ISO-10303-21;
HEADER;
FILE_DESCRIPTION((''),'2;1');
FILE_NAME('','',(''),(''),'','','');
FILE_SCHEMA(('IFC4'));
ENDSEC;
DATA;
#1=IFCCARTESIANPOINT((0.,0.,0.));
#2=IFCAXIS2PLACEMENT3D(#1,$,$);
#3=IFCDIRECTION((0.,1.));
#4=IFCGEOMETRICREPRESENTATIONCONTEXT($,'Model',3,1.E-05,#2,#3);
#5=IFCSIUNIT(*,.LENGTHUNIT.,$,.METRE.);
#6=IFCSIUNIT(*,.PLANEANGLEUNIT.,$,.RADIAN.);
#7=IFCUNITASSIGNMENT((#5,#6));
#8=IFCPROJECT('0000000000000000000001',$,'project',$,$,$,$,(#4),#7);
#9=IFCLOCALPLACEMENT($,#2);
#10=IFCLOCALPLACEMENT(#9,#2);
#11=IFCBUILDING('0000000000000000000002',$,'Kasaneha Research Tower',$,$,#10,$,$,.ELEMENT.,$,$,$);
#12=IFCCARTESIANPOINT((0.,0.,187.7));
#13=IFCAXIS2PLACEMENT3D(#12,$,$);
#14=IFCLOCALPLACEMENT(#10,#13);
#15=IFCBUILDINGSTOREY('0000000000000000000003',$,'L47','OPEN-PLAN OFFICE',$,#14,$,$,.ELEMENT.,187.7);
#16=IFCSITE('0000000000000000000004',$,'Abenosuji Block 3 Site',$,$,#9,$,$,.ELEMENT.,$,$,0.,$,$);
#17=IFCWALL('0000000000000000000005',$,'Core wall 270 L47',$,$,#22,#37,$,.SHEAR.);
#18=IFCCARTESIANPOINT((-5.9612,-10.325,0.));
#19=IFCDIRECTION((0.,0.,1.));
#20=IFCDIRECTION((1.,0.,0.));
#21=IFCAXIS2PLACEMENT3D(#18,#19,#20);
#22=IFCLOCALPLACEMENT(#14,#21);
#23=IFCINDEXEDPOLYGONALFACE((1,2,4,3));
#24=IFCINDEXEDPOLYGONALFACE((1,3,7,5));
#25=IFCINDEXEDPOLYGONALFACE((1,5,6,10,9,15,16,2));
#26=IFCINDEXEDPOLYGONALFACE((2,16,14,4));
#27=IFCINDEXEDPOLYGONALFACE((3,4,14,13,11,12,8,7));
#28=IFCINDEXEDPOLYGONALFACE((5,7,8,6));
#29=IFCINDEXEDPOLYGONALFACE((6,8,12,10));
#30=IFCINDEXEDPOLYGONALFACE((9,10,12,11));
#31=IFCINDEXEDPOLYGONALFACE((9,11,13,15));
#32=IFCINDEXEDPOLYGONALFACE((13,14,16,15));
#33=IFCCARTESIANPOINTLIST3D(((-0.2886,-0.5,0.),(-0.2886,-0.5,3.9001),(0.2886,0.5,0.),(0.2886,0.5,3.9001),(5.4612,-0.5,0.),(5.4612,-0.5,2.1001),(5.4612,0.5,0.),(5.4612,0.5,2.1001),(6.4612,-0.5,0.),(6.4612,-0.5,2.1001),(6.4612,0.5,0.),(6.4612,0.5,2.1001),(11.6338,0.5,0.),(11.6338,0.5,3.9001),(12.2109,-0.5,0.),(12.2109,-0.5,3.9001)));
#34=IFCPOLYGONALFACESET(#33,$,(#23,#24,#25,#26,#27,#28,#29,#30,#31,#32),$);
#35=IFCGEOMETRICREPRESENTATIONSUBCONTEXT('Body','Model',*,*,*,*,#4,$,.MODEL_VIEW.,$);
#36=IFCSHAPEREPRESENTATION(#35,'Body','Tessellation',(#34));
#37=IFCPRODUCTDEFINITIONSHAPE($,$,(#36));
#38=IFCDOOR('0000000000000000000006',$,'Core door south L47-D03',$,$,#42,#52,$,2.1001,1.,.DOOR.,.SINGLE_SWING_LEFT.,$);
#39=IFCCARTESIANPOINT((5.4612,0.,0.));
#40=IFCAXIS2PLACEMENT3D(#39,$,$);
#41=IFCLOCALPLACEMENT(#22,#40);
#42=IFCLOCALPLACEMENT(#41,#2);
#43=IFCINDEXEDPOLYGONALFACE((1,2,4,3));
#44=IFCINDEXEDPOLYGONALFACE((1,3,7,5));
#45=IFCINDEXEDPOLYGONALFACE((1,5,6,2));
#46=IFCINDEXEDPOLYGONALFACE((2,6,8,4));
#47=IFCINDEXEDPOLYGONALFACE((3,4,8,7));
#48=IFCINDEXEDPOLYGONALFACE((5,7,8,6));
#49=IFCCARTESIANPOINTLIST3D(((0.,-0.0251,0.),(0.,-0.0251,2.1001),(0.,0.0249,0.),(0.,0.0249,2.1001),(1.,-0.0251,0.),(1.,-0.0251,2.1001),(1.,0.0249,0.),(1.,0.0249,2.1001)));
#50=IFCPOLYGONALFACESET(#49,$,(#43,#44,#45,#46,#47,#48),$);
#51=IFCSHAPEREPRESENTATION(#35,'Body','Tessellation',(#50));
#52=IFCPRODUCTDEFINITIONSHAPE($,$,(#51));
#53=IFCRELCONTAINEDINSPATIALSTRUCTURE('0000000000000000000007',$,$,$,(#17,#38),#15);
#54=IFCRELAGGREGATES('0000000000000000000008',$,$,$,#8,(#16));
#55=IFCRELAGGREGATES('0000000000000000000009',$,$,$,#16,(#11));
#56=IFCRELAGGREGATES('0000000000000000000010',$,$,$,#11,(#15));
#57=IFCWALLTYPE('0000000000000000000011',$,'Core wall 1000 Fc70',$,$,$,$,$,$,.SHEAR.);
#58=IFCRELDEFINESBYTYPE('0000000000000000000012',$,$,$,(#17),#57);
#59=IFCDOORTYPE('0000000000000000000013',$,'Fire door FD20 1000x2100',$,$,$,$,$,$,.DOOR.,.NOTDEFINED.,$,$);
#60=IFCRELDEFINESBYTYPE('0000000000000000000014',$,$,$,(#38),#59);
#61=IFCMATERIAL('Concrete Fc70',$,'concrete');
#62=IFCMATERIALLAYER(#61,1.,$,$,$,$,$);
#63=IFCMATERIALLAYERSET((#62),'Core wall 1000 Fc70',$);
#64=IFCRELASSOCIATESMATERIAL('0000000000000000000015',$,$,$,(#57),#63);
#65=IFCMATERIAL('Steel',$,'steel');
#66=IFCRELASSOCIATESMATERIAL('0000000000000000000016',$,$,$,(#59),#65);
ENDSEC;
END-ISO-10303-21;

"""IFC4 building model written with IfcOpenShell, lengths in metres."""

from ifc_helpers import new_model, si_unit, direction, frame, frame_2d, origin, place, context, subcontext, project, spatial, polyline, rectangle, outline, extrude, material, layer, layer_set, type_object, element, fill, save


model = new_model("IFC4")

# Units and contexts
model_context = context("Model", 3, precision=1e-05, world=origin(), true_north=direction((0.0, 1.0)))
body_context = subcontext(model_context, "Body", "Model", "MODEL_VIEW")
ifc_project = project(units=[si_unit("LENGTHUNIT", "METRE"), si_unit("PLANEANGLEUNIT", "RADIAN")], contexts=[model_context])

# Site, building, storey
site_placement = place(None, origin())
site = spatial("IfcSite", under=ifc_project, at=site_placement, Name="Abenosuji Block 3 Site", CompositionType="ELEMENT", RefElevation=0.0)
building_placement = place(site_placement, origin())
building = spatial("IfcBuilding", under=site, at=building_placement, Name="Kasaneha Research Tower", CompositionType="ELEMENT")
storey_placement = place(building_placement, frame((0.0, 0.0, 187.7)))
storey = spatial("IfcBuildingStorey", under=building, at=storey_placement, Name="L47", Description="OPEN-PLAN OFFICE", CompositionType="ELEMENT", Elevation=187.7)

# Wall, opening, door
ifc_material_1 = material(Name="Concrete Fc70", Category="concrete")
ifc_layer_1 = layer(ifc_material_1, 1.0)
ifc_layer_set_1 = layer_set([ifc_layer_1], Name="Core wall 1000 Fc70")
wall_type_1 = type_object("IfcWallType", Name="Core wall 1000 Fc70", PredefinedType="SHEAR", material=ifc_layer_set_1)
wall_1_placement = place(storey_placement, frame((-5.9612, -10.325, 0.0), z_axis=(0.0, 0.0, 1.0), x_axis=(1.0, 0.0, 0.0)))
wall_1 = element("IfcWall", 1, at=wall_1_placement, inside=storey, type_object=wall_type_1, Name="Core wall 270 L47", PredefinedType="SHEAR", context=body_context, shape_type="SweptSolid", body=[
    extrude(outline(polyline([(-0.2886, -0.5), (5.4612, -0.5), (6.4612, -0.5), (12.2109, -0.5), (11.6338, 0.5), (6.4612, 0.5), (5.4612, 0.5), (0.2886, 0.5), (-0.2886, -0.5)])), origin(), (0.0, 0.0, 1.0), 3.9001),
])
opening_1_placement = place(wall_1_placement, frame((5.4612, 0.0, 0.0)))
opening_1 = element("IfcOpeningElement", 2, at=opening_1_placement, cuts=wall_1, PredefinedType="OPENING", context=body_context, shape_type="SweptSolid", body=[
    extrude(rectangle(XDim=1.0, YDim=2.1001, at=frame_2d((0.5, 1.05))), frame((0.0, 0.51, 0.0), z_axis=(0.0, -1.0, 0.0), x_axis=(1.0, 0.0, 0.0)), (0.0, 0.0, 1.0), 1.02),
])
ifc_material_2 = material(Name="Steel", Category="steel")
door_type_1 = type_object("IfcDoorType", Name="Fire door FD20 1000x2100", OperationType="NOTDEFINED", PredefinedType="DOOR", material=ifc_material_2)
door_1_placement = place(opening_1_placement, origin())
door_1 = element("IfcDoor", 3, at=door_1_placement, inside=storey, type_object=door_type_1, Name="Core door south L47-D03", OperationType="SINGLE_SWING_LEFT", OverallHeight=2.1001, OverallWidth=1.0, PredefinedType="DOOR", context=body_context, shape_type="SweptSolid", body=[
    extrude(rectangle(XDim=1.0, YDim=2.1001, at=frame_2d((0.5, 1.05))), frame((0.0, 0.0249, 0.0), z_axis=(0.0, -1.0, 0.0), x_axis=(1.0, 0.0, 0.0)), (0.0, 0.0, 1.0), 0.05),
])
fill(opening_1, door_1)

save(model, "model.ifc")
